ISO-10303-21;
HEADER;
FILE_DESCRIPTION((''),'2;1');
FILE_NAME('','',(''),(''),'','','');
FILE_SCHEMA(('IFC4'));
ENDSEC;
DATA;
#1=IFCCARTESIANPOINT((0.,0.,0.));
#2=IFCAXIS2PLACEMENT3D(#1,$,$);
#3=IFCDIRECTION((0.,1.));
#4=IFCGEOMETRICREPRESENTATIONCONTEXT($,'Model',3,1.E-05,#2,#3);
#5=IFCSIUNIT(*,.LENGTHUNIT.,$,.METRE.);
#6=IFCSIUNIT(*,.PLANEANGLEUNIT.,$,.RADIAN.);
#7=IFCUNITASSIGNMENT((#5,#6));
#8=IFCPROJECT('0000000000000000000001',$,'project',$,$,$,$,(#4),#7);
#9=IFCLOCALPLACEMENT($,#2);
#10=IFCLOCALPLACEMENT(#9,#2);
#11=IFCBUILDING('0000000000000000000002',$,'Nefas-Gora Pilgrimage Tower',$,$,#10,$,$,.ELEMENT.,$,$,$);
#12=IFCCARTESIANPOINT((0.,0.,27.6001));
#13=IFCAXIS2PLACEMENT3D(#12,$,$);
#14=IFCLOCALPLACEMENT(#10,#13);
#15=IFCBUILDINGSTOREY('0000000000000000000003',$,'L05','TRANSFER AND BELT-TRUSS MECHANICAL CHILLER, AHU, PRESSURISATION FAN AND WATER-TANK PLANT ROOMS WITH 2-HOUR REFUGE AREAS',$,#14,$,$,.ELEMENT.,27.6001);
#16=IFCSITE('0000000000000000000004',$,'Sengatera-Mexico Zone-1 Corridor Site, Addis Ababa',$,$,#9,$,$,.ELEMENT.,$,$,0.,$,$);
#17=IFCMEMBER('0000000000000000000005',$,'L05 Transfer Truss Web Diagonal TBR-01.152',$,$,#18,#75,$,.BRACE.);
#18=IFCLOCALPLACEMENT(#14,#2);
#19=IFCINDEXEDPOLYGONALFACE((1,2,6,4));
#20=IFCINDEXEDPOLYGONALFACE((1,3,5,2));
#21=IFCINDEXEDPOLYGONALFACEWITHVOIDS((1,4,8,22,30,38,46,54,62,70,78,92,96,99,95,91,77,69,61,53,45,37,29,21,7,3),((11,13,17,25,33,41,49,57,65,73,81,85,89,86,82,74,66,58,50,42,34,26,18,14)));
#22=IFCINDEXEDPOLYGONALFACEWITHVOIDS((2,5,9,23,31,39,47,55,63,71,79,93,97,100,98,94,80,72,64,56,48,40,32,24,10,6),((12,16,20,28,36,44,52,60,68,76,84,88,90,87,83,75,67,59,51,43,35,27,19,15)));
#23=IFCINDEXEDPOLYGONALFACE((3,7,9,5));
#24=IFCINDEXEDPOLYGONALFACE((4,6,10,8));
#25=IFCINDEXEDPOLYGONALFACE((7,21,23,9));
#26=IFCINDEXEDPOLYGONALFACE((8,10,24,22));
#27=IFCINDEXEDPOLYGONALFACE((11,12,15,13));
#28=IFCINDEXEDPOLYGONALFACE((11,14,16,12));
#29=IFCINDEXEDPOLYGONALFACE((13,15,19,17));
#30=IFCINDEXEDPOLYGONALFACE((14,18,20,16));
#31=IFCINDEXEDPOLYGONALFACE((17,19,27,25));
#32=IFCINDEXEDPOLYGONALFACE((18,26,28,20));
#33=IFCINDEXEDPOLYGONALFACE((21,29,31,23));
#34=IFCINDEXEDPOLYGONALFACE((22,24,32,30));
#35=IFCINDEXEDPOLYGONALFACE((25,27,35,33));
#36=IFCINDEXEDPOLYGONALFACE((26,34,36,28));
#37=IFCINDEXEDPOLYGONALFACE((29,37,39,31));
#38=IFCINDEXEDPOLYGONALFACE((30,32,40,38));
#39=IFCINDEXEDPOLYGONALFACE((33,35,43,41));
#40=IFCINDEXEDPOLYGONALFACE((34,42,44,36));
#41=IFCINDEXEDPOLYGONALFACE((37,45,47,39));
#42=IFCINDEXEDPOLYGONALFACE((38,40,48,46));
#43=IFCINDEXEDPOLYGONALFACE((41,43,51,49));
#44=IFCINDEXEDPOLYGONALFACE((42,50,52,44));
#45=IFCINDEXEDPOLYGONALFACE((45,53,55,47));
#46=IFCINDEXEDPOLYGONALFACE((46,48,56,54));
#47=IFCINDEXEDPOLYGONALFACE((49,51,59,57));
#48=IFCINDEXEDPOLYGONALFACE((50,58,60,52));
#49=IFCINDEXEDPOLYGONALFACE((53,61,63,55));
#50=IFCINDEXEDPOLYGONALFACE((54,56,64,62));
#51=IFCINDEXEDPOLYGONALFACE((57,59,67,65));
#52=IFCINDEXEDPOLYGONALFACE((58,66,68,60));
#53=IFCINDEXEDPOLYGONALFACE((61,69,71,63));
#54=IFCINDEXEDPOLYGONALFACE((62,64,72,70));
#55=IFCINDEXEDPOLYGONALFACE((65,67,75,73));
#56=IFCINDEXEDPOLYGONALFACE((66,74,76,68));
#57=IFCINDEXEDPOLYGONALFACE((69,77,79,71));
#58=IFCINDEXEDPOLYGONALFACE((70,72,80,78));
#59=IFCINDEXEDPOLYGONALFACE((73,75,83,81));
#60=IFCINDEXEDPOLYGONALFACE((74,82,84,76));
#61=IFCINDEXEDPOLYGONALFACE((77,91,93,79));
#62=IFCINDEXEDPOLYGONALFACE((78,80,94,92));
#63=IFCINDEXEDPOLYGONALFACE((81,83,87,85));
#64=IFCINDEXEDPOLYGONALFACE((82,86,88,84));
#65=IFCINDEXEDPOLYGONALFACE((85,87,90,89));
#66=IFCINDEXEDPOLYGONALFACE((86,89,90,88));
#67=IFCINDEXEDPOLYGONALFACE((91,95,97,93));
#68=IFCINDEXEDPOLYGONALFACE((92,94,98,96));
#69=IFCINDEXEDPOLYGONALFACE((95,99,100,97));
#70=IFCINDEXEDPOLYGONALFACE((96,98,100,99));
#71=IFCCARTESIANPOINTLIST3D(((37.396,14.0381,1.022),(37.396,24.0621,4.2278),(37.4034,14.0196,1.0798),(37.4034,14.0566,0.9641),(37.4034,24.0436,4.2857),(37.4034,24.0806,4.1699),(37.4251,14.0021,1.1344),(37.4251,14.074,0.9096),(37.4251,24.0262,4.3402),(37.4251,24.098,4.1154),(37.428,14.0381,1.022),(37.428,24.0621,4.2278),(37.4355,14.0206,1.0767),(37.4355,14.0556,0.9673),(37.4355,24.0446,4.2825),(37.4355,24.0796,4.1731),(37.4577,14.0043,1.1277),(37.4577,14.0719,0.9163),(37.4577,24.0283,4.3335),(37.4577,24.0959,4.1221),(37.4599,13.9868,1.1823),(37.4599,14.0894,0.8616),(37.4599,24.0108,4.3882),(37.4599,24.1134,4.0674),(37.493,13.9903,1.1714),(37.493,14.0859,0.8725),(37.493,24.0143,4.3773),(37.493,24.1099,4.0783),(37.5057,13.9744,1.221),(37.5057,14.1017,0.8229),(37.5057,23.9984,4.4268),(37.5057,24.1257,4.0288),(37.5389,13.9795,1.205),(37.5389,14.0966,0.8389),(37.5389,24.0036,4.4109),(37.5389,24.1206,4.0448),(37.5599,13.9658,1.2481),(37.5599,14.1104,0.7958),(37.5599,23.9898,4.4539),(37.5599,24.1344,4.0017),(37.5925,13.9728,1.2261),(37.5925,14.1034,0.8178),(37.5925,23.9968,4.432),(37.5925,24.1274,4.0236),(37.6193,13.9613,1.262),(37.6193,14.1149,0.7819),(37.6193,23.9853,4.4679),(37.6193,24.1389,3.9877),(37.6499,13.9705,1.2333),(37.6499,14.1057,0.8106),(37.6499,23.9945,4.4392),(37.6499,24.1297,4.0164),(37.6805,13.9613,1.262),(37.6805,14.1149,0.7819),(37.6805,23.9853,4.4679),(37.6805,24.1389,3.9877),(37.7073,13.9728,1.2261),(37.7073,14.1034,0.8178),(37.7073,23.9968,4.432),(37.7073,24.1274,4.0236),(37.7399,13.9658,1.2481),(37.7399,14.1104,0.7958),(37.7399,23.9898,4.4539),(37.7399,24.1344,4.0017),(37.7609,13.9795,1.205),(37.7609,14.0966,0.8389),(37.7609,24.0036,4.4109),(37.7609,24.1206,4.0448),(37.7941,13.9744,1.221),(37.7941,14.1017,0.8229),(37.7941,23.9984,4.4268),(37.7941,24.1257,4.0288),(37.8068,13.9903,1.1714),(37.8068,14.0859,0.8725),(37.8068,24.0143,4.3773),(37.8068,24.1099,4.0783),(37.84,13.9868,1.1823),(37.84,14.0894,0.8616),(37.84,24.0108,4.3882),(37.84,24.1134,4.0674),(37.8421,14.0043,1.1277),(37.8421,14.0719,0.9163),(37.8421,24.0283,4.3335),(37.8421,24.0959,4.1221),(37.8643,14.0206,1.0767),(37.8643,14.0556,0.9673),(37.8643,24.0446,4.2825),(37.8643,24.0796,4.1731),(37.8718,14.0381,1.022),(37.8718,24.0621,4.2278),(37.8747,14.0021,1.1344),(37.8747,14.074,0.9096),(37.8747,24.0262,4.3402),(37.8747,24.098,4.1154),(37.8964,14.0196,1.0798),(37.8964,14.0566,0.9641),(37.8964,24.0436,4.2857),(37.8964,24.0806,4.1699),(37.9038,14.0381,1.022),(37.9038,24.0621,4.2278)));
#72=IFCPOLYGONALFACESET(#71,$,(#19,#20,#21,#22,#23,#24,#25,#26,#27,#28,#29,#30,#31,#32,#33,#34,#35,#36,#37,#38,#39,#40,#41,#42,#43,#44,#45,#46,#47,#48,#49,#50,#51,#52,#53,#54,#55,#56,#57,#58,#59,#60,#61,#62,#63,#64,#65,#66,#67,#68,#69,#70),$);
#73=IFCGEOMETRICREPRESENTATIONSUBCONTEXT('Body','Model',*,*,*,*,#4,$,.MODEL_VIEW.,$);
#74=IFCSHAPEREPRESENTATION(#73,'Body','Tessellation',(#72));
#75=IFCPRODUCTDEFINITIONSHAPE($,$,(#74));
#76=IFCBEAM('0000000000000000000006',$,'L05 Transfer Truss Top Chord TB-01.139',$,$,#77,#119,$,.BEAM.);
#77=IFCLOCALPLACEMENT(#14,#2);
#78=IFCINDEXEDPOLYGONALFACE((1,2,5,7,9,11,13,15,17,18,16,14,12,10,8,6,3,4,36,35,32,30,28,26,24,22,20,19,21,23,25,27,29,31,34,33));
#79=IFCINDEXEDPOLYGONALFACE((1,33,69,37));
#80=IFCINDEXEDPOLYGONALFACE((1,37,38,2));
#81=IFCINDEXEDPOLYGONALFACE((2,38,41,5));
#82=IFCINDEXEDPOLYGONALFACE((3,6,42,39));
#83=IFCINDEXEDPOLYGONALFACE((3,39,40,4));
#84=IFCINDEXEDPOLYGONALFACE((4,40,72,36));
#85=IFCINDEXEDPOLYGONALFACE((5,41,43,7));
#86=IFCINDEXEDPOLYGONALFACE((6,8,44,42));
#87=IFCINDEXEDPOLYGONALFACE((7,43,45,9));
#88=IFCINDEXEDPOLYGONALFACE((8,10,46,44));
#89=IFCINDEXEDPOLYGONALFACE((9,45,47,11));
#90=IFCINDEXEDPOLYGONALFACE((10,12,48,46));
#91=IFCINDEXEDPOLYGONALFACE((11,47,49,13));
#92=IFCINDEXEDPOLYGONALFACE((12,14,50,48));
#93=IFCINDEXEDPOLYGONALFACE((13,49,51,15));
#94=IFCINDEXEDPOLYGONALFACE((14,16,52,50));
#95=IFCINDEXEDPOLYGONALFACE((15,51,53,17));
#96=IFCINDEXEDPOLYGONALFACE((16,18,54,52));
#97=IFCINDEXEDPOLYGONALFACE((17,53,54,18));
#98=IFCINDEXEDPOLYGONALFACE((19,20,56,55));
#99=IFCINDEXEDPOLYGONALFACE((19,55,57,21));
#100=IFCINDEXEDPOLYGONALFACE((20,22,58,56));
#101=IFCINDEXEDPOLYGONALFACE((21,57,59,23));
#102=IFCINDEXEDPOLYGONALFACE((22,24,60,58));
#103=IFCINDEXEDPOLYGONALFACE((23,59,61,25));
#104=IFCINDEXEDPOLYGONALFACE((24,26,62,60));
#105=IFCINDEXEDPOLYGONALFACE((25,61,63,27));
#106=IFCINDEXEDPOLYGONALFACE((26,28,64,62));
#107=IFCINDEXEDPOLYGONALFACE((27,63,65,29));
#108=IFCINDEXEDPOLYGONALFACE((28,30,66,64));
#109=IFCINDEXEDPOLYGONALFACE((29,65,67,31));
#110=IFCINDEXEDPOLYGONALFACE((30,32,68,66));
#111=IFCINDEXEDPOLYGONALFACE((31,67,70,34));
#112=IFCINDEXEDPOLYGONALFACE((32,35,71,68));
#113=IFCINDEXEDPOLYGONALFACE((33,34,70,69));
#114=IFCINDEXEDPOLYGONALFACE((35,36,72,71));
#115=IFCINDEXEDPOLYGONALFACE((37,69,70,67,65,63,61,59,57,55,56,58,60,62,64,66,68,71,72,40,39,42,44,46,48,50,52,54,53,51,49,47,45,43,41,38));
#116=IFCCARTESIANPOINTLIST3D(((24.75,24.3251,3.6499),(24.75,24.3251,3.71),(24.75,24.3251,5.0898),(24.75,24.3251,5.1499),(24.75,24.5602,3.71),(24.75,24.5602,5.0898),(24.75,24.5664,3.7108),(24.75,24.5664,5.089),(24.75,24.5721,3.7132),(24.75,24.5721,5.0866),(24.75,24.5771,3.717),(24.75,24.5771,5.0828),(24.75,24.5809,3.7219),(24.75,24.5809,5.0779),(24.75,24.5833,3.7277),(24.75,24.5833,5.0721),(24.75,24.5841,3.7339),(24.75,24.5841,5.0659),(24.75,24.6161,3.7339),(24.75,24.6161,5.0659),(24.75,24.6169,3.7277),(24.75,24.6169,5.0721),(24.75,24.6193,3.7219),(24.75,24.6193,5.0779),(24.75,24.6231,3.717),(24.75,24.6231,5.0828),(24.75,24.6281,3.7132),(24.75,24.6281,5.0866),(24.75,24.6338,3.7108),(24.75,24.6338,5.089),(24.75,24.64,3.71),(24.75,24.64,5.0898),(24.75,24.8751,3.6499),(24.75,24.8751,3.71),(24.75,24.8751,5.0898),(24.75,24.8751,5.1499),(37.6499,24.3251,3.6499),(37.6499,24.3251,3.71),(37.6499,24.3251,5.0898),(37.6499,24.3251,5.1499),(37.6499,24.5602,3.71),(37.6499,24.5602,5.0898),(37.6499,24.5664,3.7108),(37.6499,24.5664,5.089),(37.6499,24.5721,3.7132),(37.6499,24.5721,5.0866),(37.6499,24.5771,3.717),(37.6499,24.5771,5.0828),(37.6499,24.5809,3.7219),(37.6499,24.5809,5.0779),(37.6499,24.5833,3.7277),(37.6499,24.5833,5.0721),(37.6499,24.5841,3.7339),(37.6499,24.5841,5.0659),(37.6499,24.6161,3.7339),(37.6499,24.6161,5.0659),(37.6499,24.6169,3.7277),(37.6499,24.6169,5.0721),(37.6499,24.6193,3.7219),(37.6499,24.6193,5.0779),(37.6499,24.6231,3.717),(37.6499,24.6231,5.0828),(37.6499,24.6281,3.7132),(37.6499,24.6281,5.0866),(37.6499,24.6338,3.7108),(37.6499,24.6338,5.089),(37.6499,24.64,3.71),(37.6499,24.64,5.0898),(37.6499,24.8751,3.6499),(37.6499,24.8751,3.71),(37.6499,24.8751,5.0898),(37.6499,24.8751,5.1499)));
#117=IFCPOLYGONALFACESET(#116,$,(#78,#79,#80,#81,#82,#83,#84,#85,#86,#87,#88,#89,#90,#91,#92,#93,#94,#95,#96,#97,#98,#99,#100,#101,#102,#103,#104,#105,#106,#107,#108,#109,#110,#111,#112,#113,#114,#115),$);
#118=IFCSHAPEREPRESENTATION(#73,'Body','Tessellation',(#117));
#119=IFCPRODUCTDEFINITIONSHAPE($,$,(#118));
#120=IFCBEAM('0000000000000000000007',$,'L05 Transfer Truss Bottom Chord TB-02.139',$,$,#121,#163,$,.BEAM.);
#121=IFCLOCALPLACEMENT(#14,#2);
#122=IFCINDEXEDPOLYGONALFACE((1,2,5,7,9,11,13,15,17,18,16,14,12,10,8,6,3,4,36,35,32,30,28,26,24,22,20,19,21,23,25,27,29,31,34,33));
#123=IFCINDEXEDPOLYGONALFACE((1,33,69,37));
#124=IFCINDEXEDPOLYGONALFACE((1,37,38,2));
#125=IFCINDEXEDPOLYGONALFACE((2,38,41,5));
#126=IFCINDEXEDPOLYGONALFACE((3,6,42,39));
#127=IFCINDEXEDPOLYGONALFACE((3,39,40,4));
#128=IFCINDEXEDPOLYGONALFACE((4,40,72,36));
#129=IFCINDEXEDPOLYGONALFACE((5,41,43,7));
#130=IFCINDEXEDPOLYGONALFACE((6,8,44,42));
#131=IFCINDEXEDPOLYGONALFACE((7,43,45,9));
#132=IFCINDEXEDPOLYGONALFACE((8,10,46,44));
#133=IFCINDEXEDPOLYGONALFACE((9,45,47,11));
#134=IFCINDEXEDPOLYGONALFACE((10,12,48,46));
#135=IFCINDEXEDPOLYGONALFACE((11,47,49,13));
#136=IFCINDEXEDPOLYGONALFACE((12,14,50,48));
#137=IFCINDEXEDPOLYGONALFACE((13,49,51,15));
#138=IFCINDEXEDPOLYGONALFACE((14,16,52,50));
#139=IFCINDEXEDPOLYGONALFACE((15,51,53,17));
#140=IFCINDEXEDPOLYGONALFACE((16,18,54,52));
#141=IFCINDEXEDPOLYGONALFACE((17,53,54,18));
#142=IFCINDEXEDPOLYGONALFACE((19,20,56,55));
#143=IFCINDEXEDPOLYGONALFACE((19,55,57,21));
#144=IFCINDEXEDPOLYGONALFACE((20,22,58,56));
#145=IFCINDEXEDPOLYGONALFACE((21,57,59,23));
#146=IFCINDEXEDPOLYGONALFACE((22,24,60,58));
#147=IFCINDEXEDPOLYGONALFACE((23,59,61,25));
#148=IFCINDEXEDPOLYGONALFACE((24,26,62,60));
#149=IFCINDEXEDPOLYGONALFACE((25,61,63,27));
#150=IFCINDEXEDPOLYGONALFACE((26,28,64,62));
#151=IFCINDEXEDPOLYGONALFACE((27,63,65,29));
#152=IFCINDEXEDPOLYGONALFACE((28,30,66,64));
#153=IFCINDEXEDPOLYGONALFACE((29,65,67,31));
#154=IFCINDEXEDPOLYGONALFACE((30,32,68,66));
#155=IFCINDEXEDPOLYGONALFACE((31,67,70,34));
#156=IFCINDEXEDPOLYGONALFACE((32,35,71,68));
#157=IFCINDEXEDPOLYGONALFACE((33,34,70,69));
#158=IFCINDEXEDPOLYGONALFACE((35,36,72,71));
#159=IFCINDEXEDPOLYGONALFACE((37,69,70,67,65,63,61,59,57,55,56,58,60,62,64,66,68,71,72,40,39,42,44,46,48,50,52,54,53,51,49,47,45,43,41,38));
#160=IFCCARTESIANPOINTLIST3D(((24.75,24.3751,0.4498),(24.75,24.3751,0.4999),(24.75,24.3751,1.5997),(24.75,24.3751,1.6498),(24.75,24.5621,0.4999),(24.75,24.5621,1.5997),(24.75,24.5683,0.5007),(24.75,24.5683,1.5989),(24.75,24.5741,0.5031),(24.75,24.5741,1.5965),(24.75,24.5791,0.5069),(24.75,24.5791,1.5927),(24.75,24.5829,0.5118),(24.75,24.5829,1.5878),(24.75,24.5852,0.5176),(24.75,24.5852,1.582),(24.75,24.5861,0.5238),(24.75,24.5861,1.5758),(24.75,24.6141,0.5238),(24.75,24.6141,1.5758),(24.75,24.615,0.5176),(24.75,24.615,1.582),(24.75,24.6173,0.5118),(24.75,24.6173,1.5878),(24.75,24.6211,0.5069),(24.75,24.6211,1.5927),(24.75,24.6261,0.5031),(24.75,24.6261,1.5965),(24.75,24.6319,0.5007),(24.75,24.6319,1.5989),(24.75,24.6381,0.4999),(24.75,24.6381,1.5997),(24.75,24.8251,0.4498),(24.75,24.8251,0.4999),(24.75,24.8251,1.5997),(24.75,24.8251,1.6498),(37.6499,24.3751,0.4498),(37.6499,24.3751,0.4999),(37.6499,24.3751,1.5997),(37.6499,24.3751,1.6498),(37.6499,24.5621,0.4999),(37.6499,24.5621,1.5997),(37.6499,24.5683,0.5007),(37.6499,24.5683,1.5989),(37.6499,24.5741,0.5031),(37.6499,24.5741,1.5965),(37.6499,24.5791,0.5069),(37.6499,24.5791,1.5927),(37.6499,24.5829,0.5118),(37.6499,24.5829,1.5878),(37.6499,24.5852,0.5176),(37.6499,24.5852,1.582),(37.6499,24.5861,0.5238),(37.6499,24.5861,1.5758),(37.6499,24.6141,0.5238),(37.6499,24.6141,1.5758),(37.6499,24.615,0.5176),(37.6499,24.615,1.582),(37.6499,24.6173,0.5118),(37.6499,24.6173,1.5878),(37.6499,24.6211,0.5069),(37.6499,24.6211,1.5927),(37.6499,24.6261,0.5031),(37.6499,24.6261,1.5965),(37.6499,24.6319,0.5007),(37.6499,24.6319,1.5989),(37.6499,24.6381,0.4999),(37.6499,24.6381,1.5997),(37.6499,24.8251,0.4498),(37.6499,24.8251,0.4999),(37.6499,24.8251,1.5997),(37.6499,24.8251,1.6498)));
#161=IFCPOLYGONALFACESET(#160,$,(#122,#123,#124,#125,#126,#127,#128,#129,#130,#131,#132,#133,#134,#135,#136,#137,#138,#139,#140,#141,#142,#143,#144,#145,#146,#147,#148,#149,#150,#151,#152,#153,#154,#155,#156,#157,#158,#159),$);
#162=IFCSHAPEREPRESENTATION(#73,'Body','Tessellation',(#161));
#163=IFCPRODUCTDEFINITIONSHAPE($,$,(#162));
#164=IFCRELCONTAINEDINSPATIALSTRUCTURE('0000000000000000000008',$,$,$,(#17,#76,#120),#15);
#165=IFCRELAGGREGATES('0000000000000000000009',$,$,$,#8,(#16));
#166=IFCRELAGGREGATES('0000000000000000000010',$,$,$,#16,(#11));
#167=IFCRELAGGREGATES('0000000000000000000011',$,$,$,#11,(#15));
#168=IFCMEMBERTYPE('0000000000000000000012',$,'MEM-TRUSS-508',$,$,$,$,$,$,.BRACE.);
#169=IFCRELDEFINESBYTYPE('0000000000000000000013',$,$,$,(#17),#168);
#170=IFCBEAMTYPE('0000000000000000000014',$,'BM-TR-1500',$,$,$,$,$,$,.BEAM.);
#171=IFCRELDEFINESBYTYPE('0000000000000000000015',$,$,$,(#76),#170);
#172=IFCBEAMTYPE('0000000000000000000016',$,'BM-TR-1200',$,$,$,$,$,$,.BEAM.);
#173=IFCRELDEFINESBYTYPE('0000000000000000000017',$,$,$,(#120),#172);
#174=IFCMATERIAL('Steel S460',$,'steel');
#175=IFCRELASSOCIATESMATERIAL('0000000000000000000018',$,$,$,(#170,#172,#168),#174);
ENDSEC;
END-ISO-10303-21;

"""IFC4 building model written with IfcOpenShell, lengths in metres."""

from ifc_helpers import new_model, si_unit, direction, frame, origin, origin_2d, place, context, subcontext, project, spatial, hollow_circle, i_section, extrude, source, transform, mapped, material, material_profile, profile_set, type_object, element, save


model = new_model("IFC4")

# Units and contexts
model_context = context("Model", 3, precision=1e-05, world=origin(), true_north=direction((0.0, 1.0)))
body_context = subcontext(model_context, "Body", "Model", "MODEL_VIEW")
ifc_project = project(units=[si_unit("LENGTHUNIT", "METRE"), si_unit("PLANEANGLEUNIT", "RADIAN")], contexts=[model_context])

# Site, building, storey
site_placement = place(None, origin())
site = spatial("IfcSite", under=ifc_project, at=site_placement, Name="Sengatera-Mexico Zone-1 Corridor Site, Addis Ababa", CompositionType="ELEMENT", RefElevation=0.0)
building_placement = place(site_placement, origin())
building = spatial("IfcBuilding", under=site, at=building_placement, Name="Nefas-Gora Pilgrimage Tower", CompositionType="ELEMENT")
storey_placement = place(building_placement, frame((0.0, 0.0, 27.6001)))
storey = spatial("IfcBuildingStorey", under=building, at=storey_placement, Name="L05", Description="TRANSFER AND BELT-TRUSS MECHANICAL CHILLER, AHU, PRESSURISATION FAN AND WATER-TANK PLANT ROOMS WITH 2-HOUR REFUGE AREAS", CompositionType="ELEMENT", Elevation=27.6001)

# Shared definitions
ifc_material_1 = material(Name="Steel S460", Category="steel")

# Shared definitions
ifc_material_profile_1 = material_profile(ifc_material_1, i_section(OverallWidth=0.55, OverallDepth=1.5, WebThickness=0.032, FlangeThickness=0.0601, FilletRadius=0.0239, at=origin_2d()), Name="WPG 1500x550x32x60")
ifc_profile_set_1 = profile_set([ifc_material_profile_1], Name="Steel S460")
beam_type_1 = type_object("IfcBeamType", Name="BM-TR-1500", PredefinedType="BEAM", material=ifc_profile_set_1)
ifc_material_profile_2 = material_profile(ifc_material_1, i_section(OverallWidth=0.45, OverallDepth=1.2, WebThickness=0.0281, FlangeThickness=0.05, FilletRadius=0.0239, at=origin_2d()), Name="WPG 1200x450x28x50")
ifc_profile_set_2 = profile_set([ifc_material_profile_2], Name="Steel S460")
beam_type_2 = type_object("IfcBeamType", Name="BM-TR-1200", PredefinedType="BEAM", material=ifc_profile_set_2)

# Member
ifc_material_profile_3 = material_profile(ifc_material_1, hollow_circle(Radius=0.2539, WallThickness=0.032, at=origin_2d()), Name="CHS 508x32")
ifc_profile_set_3 = profile_set([ifc_material_profile_3], Name="Steel S460")
member_type = type_object("IfcMemberType", Name="MEM-TRUSS-508", PredefinedType="BRACE", material=ifc_profile_set_3)
shared_shape_1 = source(origin(), body_context, "Body", "SweptSolid", [
    extrude(hollow_circle(Radius=0.2539, WallThickness=0.032, at=origin_2d()), origin(), (0.0, 0.0, 1.0), 10.5242),
])
member_1_placement = place(storey_placement, frame((37.6499, 14.0381, 1.022), z_axis=(0.0, 0.952475, 0.304617), x_axis=(-1.0, 0.0, 0.0)))
element("IfcMember", 1, at=member_1_placement, inside=storey, type_object=member_type, Name="L05 Transfer Truss Web Diagonal TBR-01.152", PredefinedType="BRACE", context=body_context, shape_type="MappedRepresentation", body=[
    mapped(shared_shape_1, transform((0.0, 0.0, 0.0), x_axis=(1.0, 0.0, 0.0), y_axis=(0.0, 1.0, 0.0), z_axis=(0.0, 0.0, 1.0), scale=1.0)),
])

# Beams
shared_shape_2 = source(origin(), body_context, "Body", "SweptSolid", [
    extrude(i_section(OverallWidth=0.55, OverallDepth=1.5, WebThickness=0.032, FlangeThickness=0.0601, FilletRadius=0.0239, at=origin_2d()), origin(), (0.0, 0.0, 1.0), 12.8999),
])
beam_1_placement = place(storey_placement, frame((24.75, 24.6001, 4.3999), z_axis=(1.0, 0.0, 0.0), x_axis=(0.0, 1.0, 0.0)))
element("IfcBeam", 2, at=beam_1_placement, inside=storey, type_object=beam_type_1, Name="L05 Transfer Truss Top Chord TB-01.139", PredefinedType="BEAM", context=body_context, shape_type="MappedRepresentation", body=[
    mapped(shared_shape_2, transform((0.0, 0.0, 0.0), x_axis=(1.0, 0.0, 0.0), y_axis=(0.0, 1.0, 0.0), z_axis=(0.0, 0.0, 1.0), scale=1.0)),
])
shared_shape_3 = source(origin(), body_context, "Body", "SweptSolid", [
    extrude(i_section(OverallWidth=0.45, OverallDepth=1.2, WebThickness=0.0281, FlangeThickness=0.05, FilletRadius=0.0239, at=origin_2d()), origin(), (0.0, 0.0, 1.0), 12.8999),
])
beam_2_placement = place(storey_placement, frame((24.75, 24.6001, 1.0498), z_axis=(1.0, 0.0, 0.0), x_axis=(0.0, 1.0, 0.0)))
element("IfcBeam", 3, at=beam_2_placement, inside=storey, type_object=beam_type_2, Name="L05 Transfer Truss Bottom Chord TB-02.139", PredefinedType="BEAM", context=body_context, shape_type="MappedRepresentation", body=[
    mapped(shared_shape_3, transform((0.0, 0.0, 0.0), x_axis=(1.0, 0.0, 0.0), y_axis=(0.0, 1.0, 0.0), z_axis=(0.0, 0.0, 1.0), scale=1.0)),
])

save(model, "model.ifc")
